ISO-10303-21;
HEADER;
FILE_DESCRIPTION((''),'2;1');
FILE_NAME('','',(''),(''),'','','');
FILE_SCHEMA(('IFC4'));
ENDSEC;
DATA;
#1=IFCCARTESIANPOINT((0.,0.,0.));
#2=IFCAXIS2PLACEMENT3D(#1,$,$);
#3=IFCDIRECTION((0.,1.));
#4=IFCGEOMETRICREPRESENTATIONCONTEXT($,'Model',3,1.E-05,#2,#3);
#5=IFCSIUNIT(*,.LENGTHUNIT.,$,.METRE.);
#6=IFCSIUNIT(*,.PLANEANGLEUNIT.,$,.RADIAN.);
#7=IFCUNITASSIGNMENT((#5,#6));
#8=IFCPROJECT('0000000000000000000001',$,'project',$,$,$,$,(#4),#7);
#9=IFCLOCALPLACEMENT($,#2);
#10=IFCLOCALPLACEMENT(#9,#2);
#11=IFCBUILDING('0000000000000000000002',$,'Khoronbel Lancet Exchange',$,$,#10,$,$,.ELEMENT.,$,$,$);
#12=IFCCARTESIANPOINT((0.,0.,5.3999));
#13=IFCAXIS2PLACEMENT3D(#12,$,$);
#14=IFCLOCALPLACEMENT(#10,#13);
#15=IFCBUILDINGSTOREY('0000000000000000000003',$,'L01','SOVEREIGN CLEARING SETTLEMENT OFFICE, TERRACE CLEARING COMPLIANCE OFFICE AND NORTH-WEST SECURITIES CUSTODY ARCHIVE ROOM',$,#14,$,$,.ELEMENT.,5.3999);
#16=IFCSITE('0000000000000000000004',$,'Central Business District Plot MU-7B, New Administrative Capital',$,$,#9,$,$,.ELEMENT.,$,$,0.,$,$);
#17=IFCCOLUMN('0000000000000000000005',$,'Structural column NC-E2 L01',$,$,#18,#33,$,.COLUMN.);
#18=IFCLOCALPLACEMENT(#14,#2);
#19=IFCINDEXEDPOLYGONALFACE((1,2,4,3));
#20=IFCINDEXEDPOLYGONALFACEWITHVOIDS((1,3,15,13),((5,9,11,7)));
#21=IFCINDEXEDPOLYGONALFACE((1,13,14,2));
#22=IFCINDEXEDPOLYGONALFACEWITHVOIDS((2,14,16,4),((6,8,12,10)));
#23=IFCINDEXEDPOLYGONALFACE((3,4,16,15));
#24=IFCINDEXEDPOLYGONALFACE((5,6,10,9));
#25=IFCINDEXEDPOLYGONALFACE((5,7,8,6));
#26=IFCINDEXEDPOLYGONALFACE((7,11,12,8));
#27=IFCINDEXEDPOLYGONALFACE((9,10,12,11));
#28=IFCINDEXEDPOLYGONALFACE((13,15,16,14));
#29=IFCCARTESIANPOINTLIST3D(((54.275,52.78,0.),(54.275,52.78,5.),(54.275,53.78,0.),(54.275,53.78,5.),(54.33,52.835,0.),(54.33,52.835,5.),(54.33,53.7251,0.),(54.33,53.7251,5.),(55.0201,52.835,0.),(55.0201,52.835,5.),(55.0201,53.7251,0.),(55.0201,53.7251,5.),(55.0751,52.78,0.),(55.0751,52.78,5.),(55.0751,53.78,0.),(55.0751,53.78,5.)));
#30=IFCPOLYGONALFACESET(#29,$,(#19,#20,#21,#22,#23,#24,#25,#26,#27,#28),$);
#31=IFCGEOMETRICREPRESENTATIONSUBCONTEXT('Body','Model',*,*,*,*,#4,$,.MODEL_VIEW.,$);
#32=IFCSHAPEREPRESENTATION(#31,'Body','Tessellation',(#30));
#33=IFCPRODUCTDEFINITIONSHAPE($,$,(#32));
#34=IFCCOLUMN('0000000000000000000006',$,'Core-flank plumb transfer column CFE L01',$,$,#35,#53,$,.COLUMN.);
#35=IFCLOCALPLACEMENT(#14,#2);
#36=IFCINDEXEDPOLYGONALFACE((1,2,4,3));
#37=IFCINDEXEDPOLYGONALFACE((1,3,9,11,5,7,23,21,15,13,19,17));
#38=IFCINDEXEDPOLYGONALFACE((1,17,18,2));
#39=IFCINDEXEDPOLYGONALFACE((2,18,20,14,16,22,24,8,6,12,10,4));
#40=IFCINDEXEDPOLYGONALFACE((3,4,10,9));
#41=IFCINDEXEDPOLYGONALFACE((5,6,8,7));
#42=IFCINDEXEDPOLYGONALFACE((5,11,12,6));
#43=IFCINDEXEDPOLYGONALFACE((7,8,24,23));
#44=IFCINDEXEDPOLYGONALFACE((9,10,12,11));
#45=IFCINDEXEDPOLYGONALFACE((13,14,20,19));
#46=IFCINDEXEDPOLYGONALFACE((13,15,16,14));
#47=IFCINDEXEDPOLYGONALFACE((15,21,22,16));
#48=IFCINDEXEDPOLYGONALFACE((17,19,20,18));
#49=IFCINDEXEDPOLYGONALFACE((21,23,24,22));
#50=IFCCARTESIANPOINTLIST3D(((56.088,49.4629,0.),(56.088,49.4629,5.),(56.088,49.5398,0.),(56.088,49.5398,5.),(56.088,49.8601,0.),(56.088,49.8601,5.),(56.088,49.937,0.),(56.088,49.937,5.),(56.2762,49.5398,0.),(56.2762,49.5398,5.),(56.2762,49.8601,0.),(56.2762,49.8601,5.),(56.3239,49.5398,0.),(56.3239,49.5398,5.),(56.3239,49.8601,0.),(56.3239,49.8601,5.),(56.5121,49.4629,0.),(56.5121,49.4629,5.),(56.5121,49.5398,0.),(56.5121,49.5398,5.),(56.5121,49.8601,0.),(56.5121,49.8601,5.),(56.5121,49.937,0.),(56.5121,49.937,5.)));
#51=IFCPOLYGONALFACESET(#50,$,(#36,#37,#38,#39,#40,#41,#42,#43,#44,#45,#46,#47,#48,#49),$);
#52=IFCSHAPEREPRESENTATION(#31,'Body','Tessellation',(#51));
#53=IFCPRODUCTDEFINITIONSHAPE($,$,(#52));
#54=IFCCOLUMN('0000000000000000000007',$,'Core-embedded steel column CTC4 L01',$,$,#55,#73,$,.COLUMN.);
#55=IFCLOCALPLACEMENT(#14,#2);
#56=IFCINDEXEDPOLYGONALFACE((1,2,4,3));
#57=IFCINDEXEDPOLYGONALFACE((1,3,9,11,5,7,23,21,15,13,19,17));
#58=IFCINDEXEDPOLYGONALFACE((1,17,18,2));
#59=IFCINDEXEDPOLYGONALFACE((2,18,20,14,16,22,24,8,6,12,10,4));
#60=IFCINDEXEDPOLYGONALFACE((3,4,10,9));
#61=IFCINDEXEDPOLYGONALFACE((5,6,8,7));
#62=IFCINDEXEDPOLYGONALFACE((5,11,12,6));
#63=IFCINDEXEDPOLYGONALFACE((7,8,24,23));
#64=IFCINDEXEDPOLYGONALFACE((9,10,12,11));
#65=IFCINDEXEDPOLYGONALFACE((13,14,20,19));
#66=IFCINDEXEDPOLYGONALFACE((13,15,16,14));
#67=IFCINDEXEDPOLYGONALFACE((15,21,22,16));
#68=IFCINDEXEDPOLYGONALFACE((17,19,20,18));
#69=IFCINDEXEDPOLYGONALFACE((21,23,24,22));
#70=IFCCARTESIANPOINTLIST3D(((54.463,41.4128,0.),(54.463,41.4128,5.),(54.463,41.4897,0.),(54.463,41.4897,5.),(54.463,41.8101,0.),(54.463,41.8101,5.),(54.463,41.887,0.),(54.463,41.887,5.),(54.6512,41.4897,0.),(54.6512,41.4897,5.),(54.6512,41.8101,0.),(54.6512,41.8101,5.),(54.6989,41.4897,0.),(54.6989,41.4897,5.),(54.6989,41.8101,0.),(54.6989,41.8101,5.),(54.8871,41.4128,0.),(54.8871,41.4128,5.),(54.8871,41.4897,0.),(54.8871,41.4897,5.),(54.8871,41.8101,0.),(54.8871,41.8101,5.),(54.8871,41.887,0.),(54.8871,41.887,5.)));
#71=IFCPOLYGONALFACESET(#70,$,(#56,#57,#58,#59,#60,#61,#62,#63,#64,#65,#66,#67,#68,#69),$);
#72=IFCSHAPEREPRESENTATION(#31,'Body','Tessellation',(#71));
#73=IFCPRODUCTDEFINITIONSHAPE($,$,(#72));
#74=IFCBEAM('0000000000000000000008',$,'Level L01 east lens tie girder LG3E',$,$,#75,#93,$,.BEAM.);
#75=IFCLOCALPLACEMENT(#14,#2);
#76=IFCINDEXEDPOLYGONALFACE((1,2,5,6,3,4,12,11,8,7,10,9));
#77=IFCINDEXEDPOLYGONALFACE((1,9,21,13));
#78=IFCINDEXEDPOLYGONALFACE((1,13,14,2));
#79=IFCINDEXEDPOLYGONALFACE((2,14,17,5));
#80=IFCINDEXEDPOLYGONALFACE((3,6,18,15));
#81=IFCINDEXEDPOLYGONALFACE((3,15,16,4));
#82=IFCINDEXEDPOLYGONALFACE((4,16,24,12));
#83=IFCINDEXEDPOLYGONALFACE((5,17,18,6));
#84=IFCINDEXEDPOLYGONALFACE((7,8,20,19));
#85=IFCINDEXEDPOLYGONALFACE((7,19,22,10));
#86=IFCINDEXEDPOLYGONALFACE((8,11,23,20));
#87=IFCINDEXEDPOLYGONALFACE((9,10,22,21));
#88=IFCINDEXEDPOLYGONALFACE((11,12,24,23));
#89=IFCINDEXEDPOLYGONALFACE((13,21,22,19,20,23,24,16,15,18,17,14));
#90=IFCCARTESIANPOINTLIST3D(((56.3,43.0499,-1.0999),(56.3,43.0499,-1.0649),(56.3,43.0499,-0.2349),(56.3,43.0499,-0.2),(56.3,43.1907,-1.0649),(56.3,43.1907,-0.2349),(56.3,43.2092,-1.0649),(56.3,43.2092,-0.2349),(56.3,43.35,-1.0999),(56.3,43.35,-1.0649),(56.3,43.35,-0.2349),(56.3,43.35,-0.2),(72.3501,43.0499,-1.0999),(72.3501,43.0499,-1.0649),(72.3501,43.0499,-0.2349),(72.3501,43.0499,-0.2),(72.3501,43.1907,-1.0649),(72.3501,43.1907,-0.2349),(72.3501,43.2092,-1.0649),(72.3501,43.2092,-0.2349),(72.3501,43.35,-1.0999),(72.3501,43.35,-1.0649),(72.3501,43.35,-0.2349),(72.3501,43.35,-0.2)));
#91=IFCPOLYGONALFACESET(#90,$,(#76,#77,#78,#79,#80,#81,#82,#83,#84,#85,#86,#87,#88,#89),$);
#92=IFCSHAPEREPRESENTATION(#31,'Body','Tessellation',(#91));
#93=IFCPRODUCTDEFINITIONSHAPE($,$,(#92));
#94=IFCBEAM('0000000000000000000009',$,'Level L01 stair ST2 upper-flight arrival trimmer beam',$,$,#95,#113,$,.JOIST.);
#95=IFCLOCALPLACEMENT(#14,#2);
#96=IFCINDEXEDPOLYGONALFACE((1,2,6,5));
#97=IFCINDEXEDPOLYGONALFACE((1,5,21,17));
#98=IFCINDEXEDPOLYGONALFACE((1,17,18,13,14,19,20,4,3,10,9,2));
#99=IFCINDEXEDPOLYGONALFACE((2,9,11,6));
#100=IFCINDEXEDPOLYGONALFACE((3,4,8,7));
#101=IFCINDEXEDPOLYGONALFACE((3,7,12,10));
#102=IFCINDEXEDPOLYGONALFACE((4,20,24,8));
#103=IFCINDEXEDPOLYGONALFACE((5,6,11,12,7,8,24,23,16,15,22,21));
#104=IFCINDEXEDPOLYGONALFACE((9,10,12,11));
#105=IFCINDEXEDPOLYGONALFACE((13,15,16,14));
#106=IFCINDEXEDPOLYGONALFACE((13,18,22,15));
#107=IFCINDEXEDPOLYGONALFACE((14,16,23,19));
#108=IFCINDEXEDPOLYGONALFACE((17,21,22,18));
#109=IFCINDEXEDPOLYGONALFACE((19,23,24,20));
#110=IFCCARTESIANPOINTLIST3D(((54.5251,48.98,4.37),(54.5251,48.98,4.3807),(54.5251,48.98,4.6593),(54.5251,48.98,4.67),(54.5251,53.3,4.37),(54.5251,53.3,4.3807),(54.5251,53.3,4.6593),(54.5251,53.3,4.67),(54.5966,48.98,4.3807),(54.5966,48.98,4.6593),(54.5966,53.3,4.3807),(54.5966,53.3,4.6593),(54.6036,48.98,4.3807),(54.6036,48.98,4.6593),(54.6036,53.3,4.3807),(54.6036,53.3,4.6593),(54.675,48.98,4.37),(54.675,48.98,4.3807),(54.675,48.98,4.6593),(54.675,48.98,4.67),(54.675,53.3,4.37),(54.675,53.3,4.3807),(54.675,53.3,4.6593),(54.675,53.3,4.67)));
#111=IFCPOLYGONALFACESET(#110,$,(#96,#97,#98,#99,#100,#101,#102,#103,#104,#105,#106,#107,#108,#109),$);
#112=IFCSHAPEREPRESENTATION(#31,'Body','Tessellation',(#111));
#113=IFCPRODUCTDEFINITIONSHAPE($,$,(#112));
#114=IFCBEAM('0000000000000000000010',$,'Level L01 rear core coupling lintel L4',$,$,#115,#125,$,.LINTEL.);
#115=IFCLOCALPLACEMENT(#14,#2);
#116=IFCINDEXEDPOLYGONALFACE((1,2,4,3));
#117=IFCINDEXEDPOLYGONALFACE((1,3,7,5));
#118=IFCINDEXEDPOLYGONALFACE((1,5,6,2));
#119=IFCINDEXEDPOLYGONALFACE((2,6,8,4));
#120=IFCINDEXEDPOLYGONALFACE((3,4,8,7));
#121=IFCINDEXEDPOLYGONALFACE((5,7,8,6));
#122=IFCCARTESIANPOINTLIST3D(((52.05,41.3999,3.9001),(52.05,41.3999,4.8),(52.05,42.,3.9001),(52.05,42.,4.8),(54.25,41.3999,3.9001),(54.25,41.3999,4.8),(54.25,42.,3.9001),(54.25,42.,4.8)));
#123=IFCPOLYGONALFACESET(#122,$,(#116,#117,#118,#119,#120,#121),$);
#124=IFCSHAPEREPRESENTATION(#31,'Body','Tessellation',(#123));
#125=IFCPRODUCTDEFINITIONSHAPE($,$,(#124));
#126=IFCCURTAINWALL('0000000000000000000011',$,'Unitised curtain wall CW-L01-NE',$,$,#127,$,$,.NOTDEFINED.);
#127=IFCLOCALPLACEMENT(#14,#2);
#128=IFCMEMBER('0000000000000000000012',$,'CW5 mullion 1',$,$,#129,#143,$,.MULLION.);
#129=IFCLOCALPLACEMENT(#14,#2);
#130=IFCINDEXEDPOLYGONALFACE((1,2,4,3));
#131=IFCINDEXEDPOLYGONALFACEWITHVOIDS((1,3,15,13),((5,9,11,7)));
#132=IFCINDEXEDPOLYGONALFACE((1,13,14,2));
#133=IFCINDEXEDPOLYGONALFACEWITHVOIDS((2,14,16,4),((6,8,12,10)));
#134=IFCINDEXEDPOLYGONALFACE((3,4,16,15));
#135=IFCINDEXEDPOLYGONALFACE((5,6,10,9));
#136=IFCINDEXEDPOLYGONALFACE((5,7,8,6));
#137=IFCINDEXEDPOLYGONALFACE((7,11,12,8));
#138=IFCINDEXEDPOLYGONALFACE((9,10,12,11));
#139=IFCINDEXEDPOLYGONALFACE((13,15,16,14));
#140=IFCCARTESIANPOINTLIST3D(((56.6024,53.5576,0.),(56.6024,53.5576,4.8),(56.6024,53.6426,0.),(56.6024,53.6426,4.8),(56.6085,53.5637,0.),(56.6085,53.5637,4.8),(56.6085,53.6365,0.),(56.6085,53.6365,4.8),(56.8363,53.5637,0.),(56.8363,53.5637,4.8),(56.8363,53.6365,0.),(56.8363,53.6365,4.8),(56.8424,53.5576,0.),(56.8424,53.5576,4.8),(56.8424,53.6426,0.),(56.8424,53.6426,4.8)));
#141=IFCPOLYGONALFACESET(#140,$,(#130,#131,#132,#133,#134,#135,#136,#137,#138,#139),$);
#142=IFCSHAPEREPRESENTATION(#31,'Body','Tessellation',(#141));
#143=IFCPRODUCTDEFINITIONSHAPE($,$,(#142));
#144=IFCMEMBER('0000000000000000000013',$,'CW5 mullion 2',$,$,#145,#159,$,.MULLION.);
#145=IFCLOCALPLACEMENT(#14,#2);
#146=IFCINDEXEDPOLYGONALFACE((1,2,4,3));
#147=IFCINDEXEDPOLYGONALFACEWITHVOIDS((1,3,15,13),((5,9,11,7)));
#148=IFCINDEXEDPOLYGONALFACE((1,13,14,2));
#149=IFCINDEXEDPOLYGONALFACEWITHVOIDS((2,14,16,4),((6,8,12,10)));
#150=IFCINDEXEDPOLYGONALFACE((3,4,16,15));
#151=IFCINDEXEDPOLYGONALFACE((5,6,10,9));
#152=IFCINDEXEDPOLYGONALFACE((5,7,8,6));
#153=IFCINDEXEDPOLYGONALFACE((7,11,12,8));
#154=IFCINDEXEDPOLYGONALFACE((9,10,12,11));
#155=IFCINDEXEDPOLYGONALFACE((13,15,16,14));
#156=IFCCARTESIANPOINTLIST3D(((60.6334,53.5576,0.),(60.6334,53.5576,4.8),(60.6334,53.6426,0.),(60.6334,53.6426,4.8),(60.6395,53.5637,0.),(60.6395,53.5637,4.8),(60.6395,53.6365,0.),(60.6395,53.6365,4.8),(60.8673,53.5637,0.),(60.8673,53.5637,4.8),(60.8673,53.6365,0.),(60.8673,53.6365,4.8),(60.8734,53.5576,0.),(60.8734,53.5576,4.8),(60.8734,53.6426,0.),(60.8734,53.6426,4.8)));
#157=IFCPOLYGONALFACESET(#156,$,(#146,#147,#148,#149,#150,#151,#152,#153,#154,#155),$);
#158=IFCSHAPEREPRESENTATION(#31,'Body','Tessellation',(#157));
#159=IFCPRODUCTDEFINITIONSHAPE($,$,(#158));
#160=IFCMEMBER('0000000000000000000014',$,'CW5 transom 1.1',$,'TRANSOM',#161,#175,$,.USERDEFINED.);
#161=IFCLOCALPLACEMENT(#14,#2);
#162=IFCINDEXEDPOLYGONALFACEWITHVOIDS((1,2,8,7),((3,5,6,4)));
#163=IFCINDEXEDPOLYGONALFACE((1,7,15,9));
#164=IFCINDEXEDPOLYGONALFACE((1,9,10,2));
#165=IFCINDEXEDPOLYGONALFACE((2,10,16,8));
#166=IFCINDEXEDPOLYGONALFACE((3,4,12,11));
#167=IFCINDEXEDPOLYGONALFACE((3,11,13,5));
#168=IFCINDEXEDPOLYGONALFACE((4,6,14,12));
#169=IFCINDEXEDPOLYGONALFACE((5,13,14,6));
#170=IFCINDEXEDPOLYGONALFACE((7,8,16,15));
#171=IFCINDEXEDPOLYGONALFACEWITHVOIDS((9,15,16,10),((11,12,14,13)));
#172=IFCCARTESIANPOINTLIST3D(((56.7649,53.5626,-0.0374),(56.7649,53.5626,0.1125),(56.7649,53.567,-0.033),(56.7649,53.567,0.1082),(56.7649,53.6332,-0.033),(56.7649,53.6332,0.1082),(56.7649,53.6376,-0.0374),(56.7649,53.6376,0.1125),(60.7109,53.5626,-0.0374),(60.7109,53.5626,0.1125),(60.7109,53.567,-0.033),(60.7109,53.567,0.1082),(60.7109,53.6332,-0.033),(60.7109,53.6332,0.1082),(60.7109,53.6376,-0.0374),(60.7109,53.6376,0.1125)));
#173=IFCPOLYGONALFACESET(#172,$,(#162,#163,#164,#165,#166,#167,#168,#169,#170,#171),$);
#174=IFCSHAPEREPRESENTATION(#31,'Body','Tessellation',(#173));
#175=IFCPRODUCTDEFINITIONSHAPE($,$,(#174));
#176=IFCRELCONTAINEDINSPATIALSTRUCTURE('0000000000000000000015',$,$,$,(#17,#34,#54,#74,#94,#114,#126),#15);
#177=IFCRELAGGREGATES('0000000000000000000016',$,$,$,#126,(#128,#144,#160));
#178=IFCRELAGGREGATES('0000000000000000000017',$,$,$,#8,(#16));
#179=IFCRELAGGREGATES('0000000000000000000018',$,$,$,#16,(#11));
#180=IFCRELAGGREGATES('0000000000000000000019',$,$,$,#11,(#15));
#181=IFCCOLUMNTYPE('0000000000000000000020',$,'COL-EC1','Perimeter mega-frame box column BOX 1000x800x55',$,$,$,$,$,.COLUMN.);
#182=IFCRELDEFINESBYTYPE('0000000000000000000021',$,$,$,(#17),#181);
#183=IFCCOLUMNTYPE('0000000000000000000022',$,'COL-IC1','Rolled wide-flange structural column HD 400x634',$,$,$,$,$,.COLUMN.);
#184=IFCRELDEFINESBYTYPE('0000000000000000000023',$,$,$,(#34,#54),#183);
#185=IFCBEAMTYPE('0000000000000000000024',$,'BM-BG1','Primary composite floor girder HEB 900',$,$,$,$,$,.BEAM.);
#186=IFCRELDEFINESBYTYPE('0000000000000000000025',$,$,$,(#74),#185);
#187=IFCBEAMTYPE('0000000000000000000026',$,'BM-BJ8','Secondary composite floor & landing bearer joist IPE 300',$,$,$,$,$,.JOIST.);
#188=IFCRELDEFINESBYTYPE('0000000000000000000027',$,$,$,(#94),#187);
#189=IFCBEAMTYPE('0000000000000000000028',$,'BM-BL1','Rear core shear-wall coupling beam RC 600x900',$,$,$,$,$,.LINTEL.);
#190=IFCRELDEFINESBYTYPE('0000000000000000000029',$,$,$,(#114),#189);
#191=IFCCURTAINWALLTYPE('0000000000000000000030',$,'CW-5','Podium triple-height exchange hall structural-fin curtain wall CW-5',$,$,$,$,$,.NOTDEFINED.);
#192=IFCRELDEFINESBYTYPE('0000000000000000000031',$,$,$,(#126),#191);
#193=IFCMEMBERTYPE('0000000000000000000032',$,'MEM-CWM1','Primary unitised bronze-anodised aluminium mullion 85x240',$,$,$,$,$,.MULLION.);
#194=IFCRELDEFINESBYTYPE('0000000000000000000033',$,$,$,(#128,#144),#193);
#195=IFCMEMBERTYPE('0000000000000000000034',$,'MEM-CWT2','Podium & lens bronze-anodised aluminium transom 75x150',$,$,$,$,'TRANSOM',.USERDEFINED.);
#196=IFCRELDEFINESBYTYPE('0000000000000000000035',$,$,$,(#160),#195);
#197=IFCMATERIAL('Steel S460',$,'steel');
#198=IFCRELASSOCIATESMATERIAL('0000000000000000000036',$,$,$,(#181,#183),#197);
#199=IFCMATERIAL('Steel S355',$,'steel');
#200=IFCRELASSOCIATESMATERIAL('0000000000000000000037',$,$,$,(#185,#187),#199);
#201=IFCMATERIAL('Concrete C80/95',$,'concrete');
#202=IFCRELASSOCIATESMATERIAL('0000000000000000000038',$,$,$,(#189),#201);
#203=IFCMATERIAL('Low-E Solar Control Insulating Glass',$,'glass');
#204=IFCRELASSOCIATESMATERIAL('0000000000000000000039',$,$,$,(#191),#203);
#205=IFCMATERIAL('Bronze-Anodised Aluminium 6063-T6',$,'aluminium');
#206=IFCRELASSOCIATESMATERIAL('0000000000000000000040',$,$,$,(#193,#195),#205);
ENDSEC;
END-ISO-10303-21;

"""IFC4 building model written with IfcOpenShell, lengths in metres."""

from ifc_helpers import new_model, si_unit, direction, frame, origin, origin_2d, place, context, subcontext, project, spatial, rectangle, hollow_rectangle, i_section, extrude, material, material_profile, profile_set, type_object, element, aggregate, save


model = new_model("IFC4")

# Units and contexts
model_context = context("Model", 3, precision=1e-05, world=origin(), true_north=direction((0.0, 1.0)))
body_context = subcontext(model_context, "Body", "Model", "MODEL_VIEW")
ifc_project = project(units=[si_unit("LENGTHUNIT", "METRE"), si_unit("PLANEANGLEUNIT", "RADIAN")], contexts=[model_context])

# Site, building, storey
site_placement = place(None, origin())
site = spatial("IfcSite", under=ifc_project, at=site_placement, Name="Central Business District Plot MU-7B, New Administrative Capital", CompositionType="ELEMENT", RefElevation=0.0)
building_placement = place(site_placement, origin())
building = spatial("IfcBuilding", under=site, at=building_placement, Name="Khoronbel Lancet Exchange", CompositionType="ELEMENT")
storey_placement = place(building_placement, frame((0.0, 0.0, 5.3999)))
storey = spatial("IfcBuildingStorey", under=building, at=storey_placement, Name="L01", Description="SOVEREIGN CLEARING SETTLEMENT OFFICE, TERRACE CLEARING COMPLIANCE OFFICE AND NORTH-WEST SECURITIES CUSTODY ARCHIVE ROOM", CompositionType="ELEMENT", Elevation=5.3999)

# Columns
ifc_material_1 = material(Name="Steel S460", Category="steel")
ifc_material_profile_1 = material_profile(ifc_material_1, hollow_rectangle(XDim=0.8, YDim=1.0, WallThickness=0.0549, at=origin_2d()), Name="BOX 1000x800x55")
ifc_profile_set_1 = profile_set([ifc_material_profile_1], Name="Steel S460")
column_type_1 = type_object("IfcColumnType", Name="COL-EC1", Description="Perimeter mega-frame box column BOX 1000x800x55", PredefinedType="COLUMN", material=ifc_profile_set_1)
column_placement = place(storey_placement, frame((54.675, 53.28, 0.0), z_axis=(0.0, 0.0, 1.0), x_axis=(1.0, 0.0, 0.0)))
element("IfcColumn", 1, at=column_placement, inside=storey, type_object=column_type_1, Name="Structural column NC-E2 L01", PredefinedType="COLUMN", context=body_context, shape_type="SweptSolid", body=[
    extrude(hollow_rectangle(XDim=0.8, YDim=1.0, WallThickness=0.0549, at=origin_2d()), origin(), (0.0, 0.0, 1.0), 5.0),
])
ifc_material_profile_2 = material_profile(ifc_material_1, i_section(OverallWidth=0.4241, OverallDepth=0.4741, WebThickness=0.0476, FlangeThickness=0.0769, at=origin_2d()), Name="HD 400x634")
ifc_profile_set_2 = profile_set([ifc_material_profile_2], Name="Steel S460")
column_type_2 = type_object("IfcColumnType", Name="COL-IC1", Description="Rolled wide-flange structural column HD 400x634", PredefinedType="COLUMN", material=ifc_profile_set_2)
for number, where, z_axis, x_axis, name in (
    (2, (56.3, 49.7, 0.0), (0.0, 0.0, 1.0), (1.0, 0.0, 0.0), "Core-flank plumb transfer column CFE L01"),
    (3, (54.675, 41.6499, 0.0), (0.0, 0.0, 1.0), (1.0, 0.0, 0.0), "Core-embedded steel column CTC4 L01"),
):
    element("IfcColumn", number, at=place(storey_placement, frame(where, z_axis=z_axis, x_axis=x_axis)), inside=storey, type_object=column_type_2, Name=name, PredefinedType="COLUMN", context=body_context, shape_type="SweptSolid", body=[
        extrude(i_section(OverallWidth=0.4241, OverallDepth=0.4741, WebThickness=0.0476, FlangeThickness=0.0769, at=origin_2d()), origin(), (0.0, 0.0, 1.0), 5.0),
    ])

# Beams
ifc_material_2 = material(Name="Steel S355", Category="steel")
ifc_material_profile_3 = material_profile(ifc_material_2, i_section(OverallWidth=0.3, OverallDepth=0.8999, WebThickness=0.0186, FlangeThickness=0.0349, at=origin_2d()), Name="HEB 900")
ifc_profile_set_3 = profile_set([ifc_material_profile_3], Name="Steel S355")
beam_type_1 = type_object("IfcBeamType", Name="BM-BG1", Description="Primary composite floor girder HEB 900", PredefinedType="BEAM", material=ifc_profile_set_3)
beam_1_placement = place(storey_placement, frame((56.3, 43.2, -0.6499), z_axis=(1.0, 0.0, 0.0), x_axis=(0.0, 1.0, 0.0)))
element("IfcBeam", 4, at=beam_1_placement, inside=storey, type_object=beam_type_1, Name="Level L01 east lens tie girder LG3E", PredefinedType="BEAM", context=body_context, shape_type="SweptSolid", body=[
    extrude(i_section(OverallWidth=0.3, OverallDepth=0.8999, WebThickness=0.0186, FlangeThickness=0.0349, at=origin_2d()), origin(), (0.0, 0.0, 1.0), 16.05),
])
ifc_material_profile_4 = material_profile(ifc_material_2, i_section(OverallWidth=0.1499, OverallDepth=0.3, WebThickness=0.0071, FlangeThickness=0.0107, at=origin_2d()), Name="IPE 300")
ifc_profile_set_4 = profile_set([ifc_material_profile_4], Name="Steel S355")
beam_type_2 = type_object("IfcBeamType", Name="BM-BJ8", Description="Secondary composite floor & landing bearer joist IPE 300", PredefinedType="JOIST", material=ifc_profile_set_4)
beam_2_placement = place(storey_placement, frame((54.6001, 48.98, 4.52), z_axis=(0.0, 1.0, 0.0), x_axis=(-1.0, 0.0, 0.0)))
element("IfcBeam", 5, at=beam_2_placement, inside=storey, type_object=beam_type_2, Name="Level L01 stair ST2 upper-flight arrival trimmer beam", PredefinedType="JOIST", context=body_context, shape_type="SweptSolid", body=[
    extrude(i_section(OverallWidth=0.1499, OverallDepth=0.3, WebThickness=0.0071, FlangeThickness=0.0107, at=origin_2d()), origin(), (0.0, 0.0, 1.0), 4.3201),
])
ifc_material_3 = material(Name="Concrete C80/95", Category="concrete")
ifc_material_profile_5 = material_profile(ifc_material_3, rectangle(XDim=0.6001, YDim=0.8999, at=origin_2d()), Name="RC 600x900")
ifc_profile_set_5 = profile_set([ifc_material_profile_5], Name="Concrete C80/95")
beam_type_3 = type_object("IfcBeamType", Name="BM-BL1", Description="Rear core shear-wall coupling beam RC 600x900", PredefinedType="LINTEL", material=ifc_profile_set_5)
beam_3_placement = place(storey_placement, frame((52.05, 41.7, 4.3501), z_axis=(1.0, 0.0, 0.0), x_axis=(0.0, 1.0, 0.0)))
element("IfcBeam", 6, at=beam_3_placement, inside=storey, type_object=beam_type_3, Name="Level L01 rear core coupling lintel L4", PredefinedType="LINTEL", context=body_context, shape_type="SweptSolid", body=[
    extrude(rectangle(XDim=0.6001, YDim=0.8999, at=origin_2d()), origin(), (0.0, 0.0, 1.0), 2.2),
])

# Curtain wall, members
ifc_material_4 = material(Name="Low-E Solar Control Insulating Glass", Category="glass")
curtain_wall_type = type_object("IfcCurtainWallType", Name="CW-5", Description="Podium triple-height exchange hall structural-fin curtain wall CW-5", PredefinedType="NOTDEFINED", material=ifc_material_4)
curtain_wall_placement = place(storey_placement, origin())
curtain_wall = element("IfcCurtainWall", 7, at=curtain_wall_placement, inside=storey, type_object=curtain_wall_type, Name="Unitised curtain wall CW-L01-NE", PredefinedType="NOTDEFINED")
ifc_material_5 = material(Name="Bronze-Anodised Aluminium 6063-T6", Category="aluminium")
ifc_material_profile_6 = material_profile(ifc_material_5, hollow_rectangle(XDim=0.085, YDim=0.24, WallThickness=0.0061, at=origin_2d()), Name="ALU MULLION 85x240")
ifc_profile_set_6 = profile_set([ifc_material_profile_6], Name="Bronze-Anodised Aluminium 6063-T6")
member_type_1 = type_object("IfcMemberType", Name="MEM-CWM1", Description="Primary unitised bronze-anodised aluminium mullion 85x240", PredefinedType="MULLION", material=ifc_profile_set_6)
member_1_placement = place(storey_placement, frame((56.7224, 53.6001, 0.0), z_axis=(0.0, 0.0, 1.0), x_axis=(0.0, 1.0, 0.0)))
member_1 = element("IfcMember", 8, at=member_1_placement, type_object=member_type_1, Name="CW5 mullion 1", PredefinedType="MULLION", context=body_context, shape_type="SweptSolid", body=[
    extrude(hollow_rectangle(XDim=0.085, YDim=0.24, WallThickness=0.0061, at=origin_2d()), origin(), (0.0, 0.0, 1.0), 4.8),
])
member_2_placement = place(storey_placement, frame((60.7534, 53.6001, 0.0), z_axis=(0.0, 0.0, 1.0), x_axis=(0.0, 1.0, 0.0)))
member_2 = element("IfcMember", 9, at=member_2_placement, type_object=member_type_1, Name="CW5 mullion 2", PredefinedType="MULLION", context=body_context, shape_type="SweptSolid", body=[
    extrude(hollow_rectangle(XDim=0.085, YDim=0.24, WallThickness=0.0061, at=origin_2d()), origin(), (0.0, 0.0, 1.0), 4.8),
])
ifc_material_profile_7 = material_profile(ifc_material_5, hollow_rectangle(XDim=0.075, YDim=0.1499, WallThickness=0.0044, at=origin_2d()), Name="ALU TRANSOM 75x150")
ifc_profile_set_7 = profile_set([ifc_material_profile_7], Name="Bronze-Anodised Aluminium 6063-T6")
member_type_2 = type_object("IfcMemberType", Name="MEM-CWT2", Description="Podium & lens bronze-anodised aluminium transom 75x150", ElementType="TRANSOM", PredefinedType="USERDEFINED", material=ifc_profile_set_7)
member_3_placement = place(storey_placement, frame((56.7649, 53.6001, 0.0376), z_axis=(1.0, 0.0, 0.0), x_axis=(0.0, 1.0, 0.0)))
member_3 = element("IfcMember", 10, at=member_3_placement, type_object=member_type_2, Name="CW5 transom 1.1", ObjectType="TRANSOM", PredefinedType="USERDEFINED", context=body_context, shape_type="SweptSolid", body=[
    extrude(hollow_rectangle(XDim=0.075, YDim=0.1499, WallThickness=0.0044, at=origin_2d()), origin(), (0.0, 0.0, 1.0), 3.946),
])
aggregate(curtain_wall, [member_1, member_2, member_3])

save(model, "model.ifc")
